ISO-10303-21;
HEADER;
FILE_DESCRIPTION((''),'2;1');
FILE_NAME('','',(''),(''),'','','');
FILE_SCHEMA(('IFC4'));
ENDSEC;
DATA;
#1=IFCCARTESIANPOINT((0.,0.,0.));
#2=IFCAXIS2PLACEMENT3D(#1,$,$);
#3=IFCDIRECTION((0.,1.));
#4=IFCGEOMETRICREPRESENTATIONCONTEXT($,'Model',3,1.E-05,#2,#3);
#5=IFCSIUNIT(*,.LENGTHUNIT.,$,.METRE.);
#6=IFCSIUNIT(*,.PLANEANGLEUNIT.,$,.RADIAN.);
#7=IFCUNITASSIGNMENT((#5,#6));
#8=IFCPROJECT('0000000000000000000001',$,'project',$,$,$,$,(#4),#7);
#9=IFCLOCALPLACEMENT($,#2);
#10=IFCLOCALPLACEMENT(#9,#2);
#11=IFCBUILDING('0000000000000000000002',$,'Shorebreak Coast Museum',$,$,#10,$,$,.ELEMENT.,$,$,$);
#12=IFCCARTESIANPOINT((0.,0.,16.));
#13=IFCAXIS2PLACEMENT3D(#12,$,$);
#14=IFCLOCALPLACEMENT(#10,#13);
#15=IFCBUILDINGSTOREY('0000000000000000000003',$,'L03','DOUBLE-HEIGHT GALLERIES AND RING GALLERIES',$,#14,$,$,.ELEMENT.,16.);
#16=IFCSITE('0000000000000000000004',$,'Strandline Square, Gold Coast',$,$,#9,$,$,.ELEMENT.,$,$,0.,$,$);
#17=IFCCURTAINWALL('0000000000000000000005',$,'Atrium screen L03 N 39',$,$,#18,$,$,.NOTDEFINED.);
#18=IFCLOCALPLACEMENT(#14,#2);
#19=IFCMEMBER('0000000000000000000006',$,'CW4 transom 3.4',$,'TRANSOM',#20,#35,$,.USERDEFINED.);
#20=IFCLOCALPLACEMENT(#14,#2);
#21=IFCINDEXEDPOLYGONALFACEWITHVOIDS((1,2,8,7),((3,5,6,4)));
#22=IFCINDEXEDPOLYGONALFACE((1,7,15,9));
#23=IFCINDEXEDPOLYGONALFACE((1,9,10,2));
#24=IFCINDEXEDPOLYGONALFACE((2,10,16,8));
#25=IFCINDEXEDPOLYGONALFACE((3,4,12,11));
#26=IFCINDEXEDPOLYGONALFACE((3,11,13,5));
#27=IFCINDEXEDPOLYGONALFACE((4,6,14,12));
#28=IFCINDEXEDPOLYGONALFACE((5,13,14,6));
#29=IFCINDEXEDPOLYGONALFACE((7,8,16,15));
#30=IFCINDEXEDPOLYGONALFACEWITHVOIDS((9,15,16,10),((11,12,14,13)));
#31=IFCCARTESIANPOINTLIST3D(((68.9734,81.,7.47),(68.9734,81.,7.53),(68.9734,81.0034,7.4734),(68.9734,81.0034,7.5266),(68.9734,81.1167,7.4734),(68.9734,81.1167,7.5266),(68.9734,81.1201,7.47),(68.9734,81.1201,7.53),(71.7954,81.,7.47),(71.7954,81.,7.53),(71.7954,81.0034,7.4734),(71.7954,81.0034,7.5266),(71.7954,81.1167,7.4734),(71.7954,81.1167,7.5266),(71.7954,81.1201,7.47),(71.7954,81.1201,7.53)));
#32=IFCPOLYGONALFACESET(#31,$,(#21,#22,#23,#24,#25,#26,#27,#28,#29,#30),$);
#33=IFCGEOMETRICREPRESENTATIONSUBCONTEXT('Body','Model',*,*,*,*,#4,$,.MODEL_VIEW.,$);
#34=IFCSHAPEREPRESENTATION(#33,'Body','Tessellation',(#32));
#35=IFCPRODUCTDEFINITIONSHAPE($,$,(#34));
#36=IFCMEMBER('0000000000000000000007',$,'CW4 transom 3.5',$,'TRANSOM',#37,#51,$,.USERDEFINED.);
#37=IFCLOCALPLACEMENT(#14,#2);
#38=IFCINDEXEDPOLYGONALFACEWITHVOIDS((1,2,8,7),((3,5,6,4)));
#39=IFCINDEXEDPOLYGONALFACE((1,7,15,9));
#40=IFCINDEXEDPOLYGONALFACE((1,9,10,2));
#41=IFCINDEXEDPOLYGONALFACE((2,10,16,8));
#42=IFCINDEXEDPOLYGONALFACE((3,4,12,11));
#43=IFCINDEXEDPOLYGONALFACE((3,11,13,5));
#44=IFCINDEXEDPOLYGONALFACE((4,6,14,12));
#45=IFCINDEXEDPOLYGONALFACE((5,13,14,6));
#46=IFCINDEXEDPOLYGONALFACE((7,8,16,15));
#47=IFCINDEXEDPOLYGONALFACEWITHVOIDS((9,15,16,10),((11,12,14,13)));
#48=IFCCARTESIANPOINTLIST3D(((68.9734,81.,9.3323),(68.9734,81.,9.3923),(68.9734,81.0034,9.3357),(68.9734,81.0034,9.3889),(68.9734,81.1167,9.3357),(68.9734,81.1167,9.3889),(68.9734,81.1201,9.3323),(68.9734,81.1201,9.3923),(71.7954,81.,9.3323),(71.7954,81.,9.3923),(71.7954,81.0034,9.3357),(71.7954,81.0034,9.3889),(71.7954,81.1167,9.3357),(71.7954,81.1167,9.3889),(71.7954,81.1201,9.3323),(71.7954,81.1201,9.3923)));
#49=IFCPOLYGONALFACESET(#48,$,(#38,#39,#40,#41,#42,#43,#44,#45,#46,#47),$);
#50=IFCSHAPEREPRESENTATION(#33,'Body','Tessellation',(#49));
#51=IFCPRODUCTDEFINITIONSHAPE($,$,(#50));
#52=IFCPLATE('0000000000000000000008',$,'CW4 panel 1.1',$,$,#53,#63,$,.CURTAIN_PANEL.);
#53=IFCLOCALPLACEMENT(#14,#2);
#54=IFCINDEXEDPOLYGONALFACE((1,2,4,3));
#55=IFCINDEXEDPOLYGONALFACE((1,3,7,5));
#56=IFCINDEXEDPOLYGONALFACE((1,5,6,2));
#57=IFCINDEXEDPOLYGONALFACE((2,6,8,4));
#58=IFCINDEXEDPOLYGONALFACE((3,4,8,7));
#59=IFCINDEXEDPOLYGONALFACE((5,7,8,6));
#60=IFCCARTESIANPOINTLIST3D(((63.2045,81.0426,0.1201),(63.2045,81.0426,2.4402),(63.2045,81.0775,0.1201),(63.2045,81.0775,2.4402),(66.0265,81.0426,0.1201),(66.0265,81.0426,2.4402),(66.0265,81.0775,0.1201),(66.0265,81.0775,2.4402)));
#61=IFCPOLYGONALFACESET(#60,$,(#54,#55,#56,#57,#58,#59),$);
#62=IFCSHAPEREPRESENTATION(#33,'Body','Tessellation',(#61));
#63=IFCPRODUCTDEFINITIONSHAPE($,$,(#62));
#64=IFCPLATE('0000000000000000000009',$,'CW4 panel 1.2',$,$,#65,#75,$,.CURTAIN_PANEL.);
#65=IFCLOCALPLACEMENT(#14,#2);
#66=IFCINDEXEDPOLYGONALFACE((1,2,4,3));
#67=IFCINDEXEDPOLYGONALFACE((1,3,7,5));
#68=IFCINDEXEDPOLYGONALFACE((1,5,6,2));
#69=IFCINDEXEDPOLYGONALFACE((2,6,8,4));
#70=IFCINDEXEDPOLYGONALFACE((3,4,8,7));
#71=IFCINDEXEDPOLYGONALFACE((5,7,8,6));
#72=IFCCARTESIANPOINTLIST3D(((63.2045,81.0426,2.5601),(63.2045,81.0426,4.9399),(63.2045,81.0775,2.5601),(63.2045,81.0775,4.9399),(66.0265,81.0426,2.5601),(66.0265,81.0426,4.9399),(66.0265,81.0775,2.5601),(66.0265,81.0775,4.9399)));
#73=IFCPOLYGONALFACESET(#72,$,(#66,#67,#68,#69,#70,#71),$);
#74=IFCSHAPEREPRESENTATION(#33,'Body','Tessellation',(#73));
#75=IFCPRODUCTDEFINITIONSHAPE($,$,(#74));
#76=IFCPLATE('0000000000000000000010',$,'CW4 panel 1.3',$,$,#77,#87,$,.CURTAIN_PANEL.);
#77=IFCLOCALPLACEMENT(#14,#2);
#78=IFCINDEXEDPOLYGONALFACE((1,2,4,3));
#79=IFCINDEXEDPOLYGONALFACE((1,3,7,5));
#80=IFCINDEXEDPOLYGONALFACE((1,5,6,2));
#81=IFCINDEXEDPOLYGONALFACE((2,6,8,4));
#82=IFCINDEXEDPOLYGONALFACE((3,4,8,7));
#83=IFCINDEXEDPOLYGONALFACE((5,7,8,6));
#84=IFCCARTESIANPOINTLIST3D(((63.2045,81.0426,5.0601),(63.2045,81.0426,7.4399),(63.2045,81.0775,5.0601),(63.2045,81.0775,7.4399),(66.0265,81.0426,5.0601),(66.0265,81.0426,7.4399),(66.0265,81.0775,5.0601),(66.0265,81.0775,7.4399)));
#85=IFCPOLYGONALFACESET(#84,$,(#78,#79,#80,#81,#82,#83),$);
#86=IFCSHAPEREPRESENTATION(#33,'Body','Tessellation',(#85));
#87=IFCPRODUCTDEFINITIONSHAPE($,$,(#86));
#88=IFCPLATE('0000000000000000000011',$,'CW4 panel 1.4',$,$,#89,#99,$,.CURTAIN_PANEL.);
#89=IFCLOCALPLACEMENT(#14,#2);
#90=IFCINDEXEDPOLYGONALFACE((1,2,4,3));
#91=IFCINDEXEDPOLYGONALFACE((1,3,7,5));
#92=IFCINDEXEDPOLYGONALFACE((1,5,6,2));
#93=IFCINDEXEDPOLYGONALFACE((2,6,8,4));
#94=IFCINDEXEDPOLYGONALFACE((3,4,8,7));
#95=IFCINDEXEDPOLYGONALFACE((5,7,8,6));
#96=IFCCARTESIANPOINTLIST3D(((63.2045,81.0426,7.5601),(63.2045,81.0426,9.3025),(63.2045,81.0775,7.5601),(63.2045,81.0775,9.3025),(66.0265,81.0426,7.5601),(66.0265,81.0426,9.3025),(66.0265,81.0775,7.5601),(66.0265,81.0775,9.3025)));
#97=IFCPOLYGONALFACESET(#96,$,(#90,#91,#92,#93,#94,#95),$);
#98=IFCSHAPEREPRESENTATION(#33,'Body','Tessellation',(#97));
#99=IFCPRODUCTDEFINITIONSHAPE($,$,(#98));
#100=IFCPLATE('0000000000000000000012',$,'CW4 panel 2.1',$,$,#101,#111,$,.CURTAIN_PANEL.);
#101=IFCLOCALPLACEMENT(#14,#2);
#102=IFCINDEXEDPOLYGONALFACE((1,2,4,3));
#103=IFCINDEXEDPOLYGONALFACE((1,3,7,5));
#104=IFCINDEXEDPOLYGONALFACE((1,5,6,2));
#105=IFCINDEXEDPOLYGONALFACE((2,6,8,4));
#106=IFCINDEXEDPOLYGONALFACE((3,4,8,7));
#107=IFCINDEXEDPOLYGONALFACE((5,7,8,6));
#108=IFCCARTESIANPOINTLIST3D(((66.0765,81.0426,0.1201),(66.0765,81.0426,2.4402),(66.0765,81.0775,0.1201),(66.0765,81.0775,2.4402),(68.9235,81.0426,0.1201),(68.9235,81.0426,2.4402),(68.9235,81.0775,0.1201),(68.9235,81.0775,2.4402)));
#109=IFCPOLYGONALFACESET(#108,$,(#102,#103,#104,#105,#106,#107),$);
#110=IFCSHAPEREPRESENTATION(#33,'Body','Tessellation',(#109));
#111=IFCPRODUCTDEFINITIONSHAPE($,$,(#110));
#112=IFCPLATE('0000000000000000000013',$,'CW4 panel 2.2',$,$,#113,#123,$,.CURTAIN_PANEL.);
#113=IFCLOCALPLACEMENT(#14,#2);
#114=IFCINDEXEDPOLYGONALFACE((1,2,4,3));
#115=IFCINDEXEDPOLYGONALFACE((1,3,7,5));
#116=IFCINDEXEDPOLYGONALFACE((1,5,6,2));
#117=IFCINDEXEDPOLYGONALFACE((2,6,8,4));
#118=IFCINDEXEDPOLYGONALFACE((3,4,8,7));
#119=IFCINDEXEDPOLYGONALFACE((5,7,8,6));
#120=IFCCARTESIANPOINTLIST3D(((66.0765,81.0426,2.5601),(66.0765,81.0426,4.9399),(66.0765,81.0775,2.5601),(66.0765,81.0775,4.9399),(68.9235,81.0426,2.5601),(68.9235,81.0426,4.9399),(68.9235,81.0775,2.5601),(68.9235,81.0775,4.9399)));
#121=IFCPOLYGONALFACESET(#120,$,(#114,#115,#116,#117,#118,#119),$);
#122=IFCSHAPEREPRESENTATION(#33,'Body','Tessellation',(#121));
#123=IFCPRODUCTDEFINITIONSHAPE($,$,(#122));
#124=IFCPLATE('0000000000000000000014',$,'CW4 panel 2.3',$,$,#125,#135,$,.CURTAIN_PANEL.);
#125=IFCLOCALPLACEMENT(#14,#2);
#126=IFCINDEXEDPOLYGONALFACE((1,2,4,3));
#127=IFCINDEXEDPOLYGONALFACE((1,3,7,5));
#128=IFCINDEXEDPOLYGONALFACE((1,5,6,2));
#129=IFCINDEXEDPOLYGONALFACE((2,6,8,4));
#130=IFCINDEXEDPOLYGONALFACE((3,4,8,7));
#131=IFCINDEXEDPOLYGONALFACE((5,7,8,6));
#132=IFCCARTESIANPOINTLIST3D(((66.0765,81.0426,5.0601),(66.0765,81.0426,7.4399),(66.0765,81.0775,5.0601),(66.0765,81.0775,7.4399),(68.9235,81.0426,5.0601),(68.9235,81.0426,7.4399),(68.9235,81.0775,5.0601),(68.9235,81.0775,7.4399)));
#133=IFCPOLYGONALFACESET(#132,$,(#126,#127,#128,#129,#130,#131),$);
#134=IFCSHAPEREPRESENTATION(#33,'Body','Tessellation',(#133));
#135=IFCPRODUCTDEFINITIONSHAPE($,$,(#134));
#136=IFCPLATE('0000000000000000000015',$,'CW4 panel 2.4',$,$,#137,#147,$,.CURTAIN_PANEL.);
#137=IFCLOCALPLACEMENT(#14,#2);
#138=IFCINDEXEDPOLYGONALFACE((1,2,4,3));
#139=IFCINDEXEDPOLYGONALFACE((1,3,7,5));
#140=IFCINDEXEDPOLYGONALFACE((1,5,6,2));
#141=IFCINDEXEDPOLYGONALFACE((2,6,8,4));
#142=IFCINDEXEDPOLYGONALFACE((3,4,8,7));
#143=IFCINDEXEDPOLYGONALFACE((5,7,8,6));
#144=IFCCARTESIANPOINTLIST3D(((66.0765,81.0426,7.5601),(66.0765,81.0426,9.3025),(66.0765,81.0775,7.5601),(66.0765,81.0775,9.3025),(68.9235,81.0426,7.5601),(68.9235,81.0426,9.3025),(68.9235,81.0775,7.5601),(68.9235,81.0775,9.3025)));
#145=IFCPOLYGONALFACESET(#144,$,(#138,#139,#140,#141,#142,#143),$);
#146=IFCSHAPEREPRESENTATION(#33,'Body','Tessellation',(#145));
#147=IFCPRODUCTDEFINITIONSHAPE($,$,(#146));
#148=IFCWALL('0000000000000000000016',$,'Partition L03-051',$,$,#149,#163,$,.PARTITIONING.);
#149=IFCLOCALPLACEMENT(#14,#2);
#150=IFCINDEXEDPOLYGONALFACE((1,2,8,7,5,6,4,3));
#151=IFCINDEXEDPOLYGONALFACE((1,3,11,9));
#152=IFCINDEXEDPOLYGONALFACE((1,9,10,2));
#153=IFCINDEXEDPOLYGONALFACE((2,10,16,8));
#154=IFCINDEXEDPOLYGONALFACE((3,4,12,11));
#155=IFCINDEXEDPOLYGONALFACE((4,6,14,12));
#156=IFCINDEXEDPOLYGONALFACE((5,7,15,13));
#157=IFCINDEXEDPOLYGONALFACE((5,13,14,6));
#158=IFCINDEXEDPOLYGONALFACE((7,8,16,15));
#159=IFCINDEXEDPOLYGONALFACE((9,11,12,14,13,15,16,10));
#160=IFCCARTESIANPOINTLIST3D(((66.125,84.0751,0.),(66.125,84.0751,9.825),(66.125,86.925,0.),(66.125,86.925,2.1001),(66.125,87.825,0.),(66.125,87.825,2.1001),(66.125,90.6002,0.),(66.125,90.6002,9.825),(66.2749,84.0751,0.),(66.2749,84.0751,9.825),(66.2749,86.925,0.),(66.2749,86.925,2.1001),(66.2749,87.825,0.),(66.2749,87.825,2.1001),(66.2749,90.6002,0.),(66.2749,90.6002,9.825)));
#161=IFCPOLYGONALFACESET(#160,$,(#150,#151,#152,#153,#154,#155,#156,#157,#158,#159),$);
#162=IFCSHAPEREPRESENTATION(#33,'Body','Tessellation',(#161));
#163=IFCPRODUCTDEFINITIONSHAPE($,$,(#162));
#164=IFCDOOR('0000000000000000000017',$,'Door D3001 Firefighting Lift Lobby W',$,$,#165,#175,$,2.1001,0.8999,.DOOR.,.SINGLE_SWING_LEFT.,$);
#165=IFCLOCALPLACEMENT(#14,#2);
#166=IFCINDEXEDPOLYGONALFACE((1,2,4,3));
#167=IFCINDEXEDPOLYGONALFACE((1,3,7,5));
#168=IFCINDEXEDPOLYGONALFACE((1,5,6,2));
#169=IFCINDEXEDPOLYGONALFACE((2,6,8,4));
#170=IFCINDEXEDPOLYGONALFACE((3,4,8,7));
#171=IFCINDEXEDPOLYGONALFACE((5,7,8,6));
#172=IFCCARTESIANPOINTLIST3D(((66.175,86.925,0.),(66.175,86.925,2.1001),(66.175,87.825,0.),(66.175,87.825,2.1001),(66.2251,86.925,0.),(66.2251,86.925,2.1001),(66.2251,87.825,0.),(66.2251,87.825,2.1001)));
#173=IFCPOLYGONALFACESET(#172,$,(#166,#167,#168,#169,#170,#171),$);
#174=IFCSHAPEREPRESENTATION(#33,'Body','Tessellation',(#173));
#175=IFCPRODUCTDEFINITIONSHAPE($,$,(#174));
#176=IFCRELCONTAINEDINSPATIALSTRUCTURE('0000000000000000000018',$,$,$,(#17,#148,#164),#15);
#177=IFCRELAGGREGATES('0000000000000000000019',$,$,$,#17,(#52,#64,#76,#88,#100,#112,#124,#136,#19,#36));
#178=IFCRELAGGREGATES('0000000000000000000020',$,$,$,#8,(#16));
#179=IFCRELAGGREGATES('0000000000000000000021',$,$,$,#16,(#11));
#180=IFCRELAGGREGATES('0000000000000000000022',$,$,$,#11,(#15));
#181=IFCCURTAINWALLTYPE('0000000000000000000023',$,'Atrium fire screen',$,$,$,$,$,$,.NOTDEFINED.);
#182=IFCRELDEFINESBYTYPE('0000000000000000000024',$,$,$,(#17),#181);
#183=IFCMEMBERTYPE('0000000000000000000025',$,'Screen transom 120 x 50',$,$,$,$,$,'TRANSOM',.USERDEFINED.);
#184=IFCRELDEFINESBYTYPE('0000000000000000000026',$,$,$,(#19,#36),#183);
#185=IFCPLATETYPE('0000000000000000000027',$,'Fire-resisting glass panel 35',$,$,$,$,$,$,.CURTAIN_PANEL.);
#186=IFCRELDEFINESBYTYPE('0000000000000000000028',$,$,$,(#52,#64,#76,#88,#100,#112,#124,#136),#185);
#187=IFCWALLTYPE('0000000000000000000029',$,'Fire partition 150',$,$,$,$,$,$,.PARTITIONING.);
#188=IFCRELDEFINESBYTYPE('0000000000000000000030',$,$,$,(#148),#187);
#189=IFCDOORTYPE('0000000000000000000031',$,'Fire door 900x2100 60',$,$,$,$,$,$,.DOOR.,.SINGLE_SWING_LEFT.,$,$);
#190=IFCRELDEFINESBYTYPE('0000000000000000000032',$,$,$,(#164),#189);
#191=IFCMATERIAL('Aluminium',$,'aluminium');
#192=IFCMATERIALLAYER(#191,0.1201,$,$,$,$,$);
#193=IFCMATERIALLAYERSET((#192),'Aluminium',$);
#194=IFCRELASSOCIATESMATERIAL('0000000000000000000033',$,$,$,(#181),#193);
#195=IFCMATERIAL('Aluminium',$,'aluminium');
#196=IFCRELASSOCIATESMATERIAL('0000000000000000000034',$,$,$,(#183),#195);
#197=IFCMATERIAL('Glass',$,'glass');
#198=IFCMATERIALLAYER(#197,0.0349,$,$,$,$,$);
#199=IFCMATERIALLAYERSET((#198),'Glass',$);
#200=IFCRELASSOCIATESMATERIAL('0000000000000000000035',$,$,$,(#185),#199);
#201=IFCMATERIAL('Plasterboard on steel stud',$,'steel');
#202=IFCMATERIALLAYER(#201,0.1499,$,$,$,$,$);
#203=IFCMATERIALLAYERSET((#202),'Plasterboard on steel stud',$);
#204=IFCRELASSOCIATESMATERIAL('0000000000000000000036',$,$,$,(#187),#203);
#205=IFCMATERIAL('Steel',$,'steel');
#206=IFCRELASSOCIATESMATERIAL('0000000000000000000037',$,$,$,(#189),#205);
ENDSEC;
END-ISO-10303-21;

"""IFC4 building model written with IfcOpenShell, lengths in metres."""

from ifc_helpers import new_model, si_unit, direction, frame, frame_2d, origin, origin_2d, place, context, subcontext, project, spatial, rectangle, hollow_rectangle, extrude, material, layer, layer_set, material_profile, profile_set, type_object, element, fill, aggregate, save


model = new_model("IFC4")

# Units and contexts
model_context = context("Model", 3, precision=1e-05, world=origin(), true_north=direction((0.0, 1.0)))
body_context = subcontext(model_context, "Body", "Model", "MODEL_VIEW")
ifc_project = project(units=[si_unit("LENGTHUNIT", "METRE"), si_unit("PLANEANGLEUNIT", "RADIAN")], contexts=[model_context])

# Site, building, storey
site_placement = place(None, origin())
site = spatial("IfcSite", under=ifc_project, at=site_placement, Name="Strandline Square, Gold Coast", CompositionType="ELEMENT", RefElevation=0.0)
building_placement = place(site_placement, origin())
building = spatial("IfcBuilding", under=site, at=building_placement, Name="Shorebreak Coast Museum", CompositionType="ELEMENT")
storey_placement = place(building_placement, frame((0.0, 0.0, 16.0)))
storey = spatial("IfcBuildingStorey", under=building, at=storey_placement, Name="L03", Description="DOUBLE-HEIGHT GALLERIES AND RING GALLERIES", CompositionType="ELEMENT", Elevation=16.0)

# Curtain wall, members, plates
ifc_material_1 = material(Name="Aluminium", Category="aluminium")
ifc_layer_1 = layer(ifc_material_1, 0.1201)
ifc_layer_set_1 = layer_set([ifc_layer_1], Name="Aluminium")
curtain_wall_type = type_object("IfcCurtainWallType", Name="Atrium fire screen", PredefinedType="NOTDEFINED", material=ifc_layer_set_1)
curtain_wall_placement = place(storey_placement, origin())
curtain_wall = element("IfcCurtainWall", 1, at=curtain_wall_placement, inside=storey, type_object=curtain_wall_type, Name="Atrium screen L03 N 39", PredefinedType="NOTDEFINED")
ifc_material_2 = material(Name="Aluminium", Category="aluminium")
ifc_material_profile_1 = material_profile(ifc_material_2, hollow_rectangle(XDim=0.1201, YDim=0.0601, WallThickness=0.0034, at=origin_2d()), Name="AL 60x120 RHS")
ifc_profile_set_1 = profile_set([ifc_material_profile_1], Name="Aluminium")
member_type_1 = type_object("IfcMemberType", Name="Screen transom 120 x 50", ElementType="TRANSOM", PredefinedType="USERDEFINED", material=ifc_profile_set_1)
member_1_placement = place(storey_placement, frame((68.9734, 81.0601, 7.5), z_axis=(1.0, 0.0, 0.0), x_axis=(0.0, 1.0, 0.0)))
member_1 = element("IfcMember", 2, at=member_1_placement, type_object=member_type_1, Name="CW4 transom 3.4", ObjectType="TRANSOM", PredefinedType="USERDEFINED", context=body_context, shape_type="SweptSolid", body=[
    extrude(hollow_rectangle(XDim=0.1201, YDim=0.0601, WallThickness=0.0034, at=origin_2d()), origin(), (0.0, 0.0, 1.0), 2.822),
])
member_2_placement = place(storey_placement, frame((68.9734, 81.0601, 9.3623), z_axis=(1.0, 0.0, 0.0), x_axis=(0.0, 1.0, 0.0)))
member_2 = element("IfcMember", 3, at=member_2_placement, type_object=member_type_1, Name="CW4 transom 3.5", ObjectType="TRANSOM", PredefinedType="USERDEFINED", context=body_context, shape_type="SweptSolid", body=[
    extrude(hollow_rectangle(XDim=0.1201, YDim=0.0601, WallThickness=0.0034, at=origin_2d()), origin(), (0.0, 0.0, 1.0), 2.822),
])
ifc_material_3 = material(Name="Glass", Category="glass")
ifc_layer_2 = layer(ifc_material_3, 0.0349)
ifc_layer_set_2 = layer_set([ifc_layer_2], Name="Glass")
plate_type = type_object("IfcPlateType", Name="Fire-resisting glass panel 35", PredefinedType="CURTAIN_PANEL", material=ifc_layer_set_2)
plate_1_placement = place(storey_placement, frame((64.6155, 81.0601, 0.1201), z_axis=(0.0, 0.0, 1.0), x_axis=(1.0, 0.0, 0.0)))
plate_1 = element("IfcPlate", 4, at=plate_1_placement, type_object=plate_type, Name="CW4 panel 1.1", PredefinedType="CURTAIN_PANEL", context=body_context, shape_type="SweptSolid", body=[
    extrude(rectangle(XDim=2.822, YDim=0.0349, at=origin_2d()), origin(), (0.0, 0.0, 1.0), 2.3201),
])
plate_2_placement = place(storey_placement, frame((64.6155, 81.0601, 2.5601), z_axis=(0.0, 0.0, 1.0), x_axis=(1.0, 0.0, 0.0)))
plate_2 = element("IfcPlate", 5, at=plate_2_placement, type_object=plate_type, Name="CW4 panel 1.2", PredefinedType="CURTAIN_PANEL", context=body_context, shape_type="SweptSolid", body=[
    extrude(rectangle(XDim=2.822, YDim=0.0349, at=origin_2d()), origin(), (0.0, 0.0, 1.0), 2.3799),
])
plate_3_placement = place(storey_placement, frame((64.6155, 81.0601, 5.0601), z_axis=(0.0, 0.0, 1.0), x_axis=(1.0, 0.0, 0.0)))
plate_3 = element("IfcPlate", 6, at=plate_3_placement, type_object=plate_type, Name="CW4 panel 1.3", PredefinedType="CURTAIN_PANEL", context=body_context, shape_type="SweptSolid", body=[
    extrude(rectangle(XDim=2.822, YDim=0.0349, at=origin_2d()), origin(), (0.0, 0.0, 1.0), 2.3799),
])
plate_4_placement = place(storey_placement, frame((64.6155, 81.0601, 7.5601), z_axis=(0.0, 0.0, 1.0), x_axis=(1.0, 0.0, 0.0)))
plate_4 = element("IfcPlate", 7, at=plate_4_placement, type_object=plate_type, Name="CW4 panel 1.4", PredefinedType="CURTAIN_PANEL", context=body_context, shape_type="SweptSolid", body=[
    extrude(rectangle(XDim=2.822, YDim=0.0349, at=origin_2d()), origin(), (0.0, 0.0, 1.0), 1.7424),
])
plate_5_placement = place(storey_placement, frame((67.5, 81.0601, 0.1201), z_axis=(0.0, 0.0, 1.0), x_axis=(1.0, 0.0, 0.0)))
plate_5 = element("IfcPlate", 8, at=plate_5_placement, type_object=plate_type, Name="CW4 panel 2.1", PredefinedType="CURTAIN_PANEL", context=body_context, shape_type="SweptSolid", body=[
    extrude(rectangle(XDim=2.8469, YDim=0.0349, at=origin_2d()), origin(), (0.0, 0.0, 1.0), 2.3201),
])
plate_6_placement = place(storey_placement, frame((67.5, 81.0601, 2.5601), z_axis=(0.0, 0.0, 1.0), x_axis=(1.0, 0.0, 0.0)))
plate_6 = element("IfcPlate", 9, at=plate_6_placement, type_object=plate_type, Name="CW4 panel 2.2", PredefinedType="CURTAIN_PANEL", context=body_context, shape_type="SweptSolid", body=[
    extrude(rectangle(XDim=2.8469, YDim=0.0349, at=origin_2d()), origin(), (0.0, 0.0, 1.0), 2.3799),
])
plate_7_placement = place(storey_placement, frame((67.5, 81.0601, 5.0601), z_axis=(0.0, 0.0, 1.0), x_axis=(1.0, 0.0, 0.0)))
plate_7 = element("IfcPlate", 10, at=plate_7_placement, type_object=plate_type, Name="CW4 panel 2.3", PredefinedType="CURTAIN_PANEL", context=body_context, shape_type="SweptSolid", body=[
    extrude(rectangle(XDim=2.8469, YDim=0.0349, at=origin_2d()), origin(), (0.0, 0.0, 1.0), 2.3799),
])
plate_8_placement = place(storey_placement, frame((67.5, 81.0601, 7.5601), z_axis=(0.0, 0.0, 1.0), x_axis=(1.0, 0.0, 0.0)))
plate_8 = element("IfcPlate", 11, at=plate_8_placement, type_object=plate_type, Name="CW4 panel 2.4", PredefinedType="CURTAIN_PANEL", context=body_context, shape_type="SweptSolid", body=[
    extrude(rectangle(XDim=2.8469, YDim=0.0349, at=origin_2d()), origin(), (0.0, 0.0, 1.0), 1.7424),
])
aggregate(curtain_wall, [plate_1, plate_2, plate_3, plate_4, plate_5, plate_6, plate_7, plate_8, member_1, member_2])

# Wall, opening, door
ifc_material_4 = material(Name="Plasterboard on steel stud", Category="steel")
ifc_layer_3 = layer(ifc_material_4, 0.1499)
ifc_layer_set_3 = layer_set([ifc_layer_3], Name="Plasterboard on steel stud")
wall_type = type_object("IfcWallType", Name="Fire partition 150", PredefinedType="PARTITIONING", material=ifc_layer_set_3)
wall_placement = place(storey_placement, frame((66.2, 84.075, 0.0), z_axis=(0.0, 0.0, 1.0), x_axis=(0.0, 1.0, 0.0)))
wall = element("IfcWall", 12, at=wall_placement, inside=storey, type_object=wall_type, Name="Partition L03-051", PredefinedType="PARTITIONING", context=body_context, shape_type="SweptSolid", body=[
    extrude(rectangle(XDim=6.5251, YDim=0.1499, at=frame_2d((3.2627, 0.0))), origin(), (0.0, 0.0, 1.0), 9.825),
])
opening_placement = place(wall_placement, frame((2.8501, 0.0, 0.0)))
opening = element("IfcOpeningElement", 13, at=opening_placement, cuts=wall, PredefinedType="OPENING", context=body_context, shape_type="SweptSolid", body=[
    extrude(rectangle(XDim=0.8999, YDim=2.1001, at=frame_2d((0.45, 1.05))), frame((0.0, 0.085, 0.0), z_axis=(0.0, -1.0, 0.0), x_axis=(1.0, 0.0, 0.0)), (0.0, 0.0, 1.0), 0.1699),
])
ifc_material_5 = material(Name="Steel", Category="steel")
door_type = type_object("IfcDoorType", Name="Fire door 900x2100 60", OperationType="SINGLE_SWING_LEFT", PredefinedType="DOOR", material=ifc_material_5)
door_placement = place(opening_placement, origin())
door = element("IfcDoor", 14, at=door_placement, inside=storey, type_object=door_type, Name="Door D3001 Firefighting Lift Lobby W", OperationType="SINGLE_SWING_LEFT", OverallHeight=2.1001, OverallWidth=0.8999, PredefinedType="DOOR", context=body_context, shape_type="SweptSolid", body=[
    extrude(rectangle(XDim=0.8999, YDim=2.1001, at=frame_2d((0.45, 1.05))), frame((0.0, 0.0249, 0.0), z_axis=(0.0, -1.0, 0.0), x_axis=(1.0, 0.0, 0.0)), (0.0, 0.0, 1.0), 0.05),
])
fill(opening, door)

save(model, "model.ifc")
